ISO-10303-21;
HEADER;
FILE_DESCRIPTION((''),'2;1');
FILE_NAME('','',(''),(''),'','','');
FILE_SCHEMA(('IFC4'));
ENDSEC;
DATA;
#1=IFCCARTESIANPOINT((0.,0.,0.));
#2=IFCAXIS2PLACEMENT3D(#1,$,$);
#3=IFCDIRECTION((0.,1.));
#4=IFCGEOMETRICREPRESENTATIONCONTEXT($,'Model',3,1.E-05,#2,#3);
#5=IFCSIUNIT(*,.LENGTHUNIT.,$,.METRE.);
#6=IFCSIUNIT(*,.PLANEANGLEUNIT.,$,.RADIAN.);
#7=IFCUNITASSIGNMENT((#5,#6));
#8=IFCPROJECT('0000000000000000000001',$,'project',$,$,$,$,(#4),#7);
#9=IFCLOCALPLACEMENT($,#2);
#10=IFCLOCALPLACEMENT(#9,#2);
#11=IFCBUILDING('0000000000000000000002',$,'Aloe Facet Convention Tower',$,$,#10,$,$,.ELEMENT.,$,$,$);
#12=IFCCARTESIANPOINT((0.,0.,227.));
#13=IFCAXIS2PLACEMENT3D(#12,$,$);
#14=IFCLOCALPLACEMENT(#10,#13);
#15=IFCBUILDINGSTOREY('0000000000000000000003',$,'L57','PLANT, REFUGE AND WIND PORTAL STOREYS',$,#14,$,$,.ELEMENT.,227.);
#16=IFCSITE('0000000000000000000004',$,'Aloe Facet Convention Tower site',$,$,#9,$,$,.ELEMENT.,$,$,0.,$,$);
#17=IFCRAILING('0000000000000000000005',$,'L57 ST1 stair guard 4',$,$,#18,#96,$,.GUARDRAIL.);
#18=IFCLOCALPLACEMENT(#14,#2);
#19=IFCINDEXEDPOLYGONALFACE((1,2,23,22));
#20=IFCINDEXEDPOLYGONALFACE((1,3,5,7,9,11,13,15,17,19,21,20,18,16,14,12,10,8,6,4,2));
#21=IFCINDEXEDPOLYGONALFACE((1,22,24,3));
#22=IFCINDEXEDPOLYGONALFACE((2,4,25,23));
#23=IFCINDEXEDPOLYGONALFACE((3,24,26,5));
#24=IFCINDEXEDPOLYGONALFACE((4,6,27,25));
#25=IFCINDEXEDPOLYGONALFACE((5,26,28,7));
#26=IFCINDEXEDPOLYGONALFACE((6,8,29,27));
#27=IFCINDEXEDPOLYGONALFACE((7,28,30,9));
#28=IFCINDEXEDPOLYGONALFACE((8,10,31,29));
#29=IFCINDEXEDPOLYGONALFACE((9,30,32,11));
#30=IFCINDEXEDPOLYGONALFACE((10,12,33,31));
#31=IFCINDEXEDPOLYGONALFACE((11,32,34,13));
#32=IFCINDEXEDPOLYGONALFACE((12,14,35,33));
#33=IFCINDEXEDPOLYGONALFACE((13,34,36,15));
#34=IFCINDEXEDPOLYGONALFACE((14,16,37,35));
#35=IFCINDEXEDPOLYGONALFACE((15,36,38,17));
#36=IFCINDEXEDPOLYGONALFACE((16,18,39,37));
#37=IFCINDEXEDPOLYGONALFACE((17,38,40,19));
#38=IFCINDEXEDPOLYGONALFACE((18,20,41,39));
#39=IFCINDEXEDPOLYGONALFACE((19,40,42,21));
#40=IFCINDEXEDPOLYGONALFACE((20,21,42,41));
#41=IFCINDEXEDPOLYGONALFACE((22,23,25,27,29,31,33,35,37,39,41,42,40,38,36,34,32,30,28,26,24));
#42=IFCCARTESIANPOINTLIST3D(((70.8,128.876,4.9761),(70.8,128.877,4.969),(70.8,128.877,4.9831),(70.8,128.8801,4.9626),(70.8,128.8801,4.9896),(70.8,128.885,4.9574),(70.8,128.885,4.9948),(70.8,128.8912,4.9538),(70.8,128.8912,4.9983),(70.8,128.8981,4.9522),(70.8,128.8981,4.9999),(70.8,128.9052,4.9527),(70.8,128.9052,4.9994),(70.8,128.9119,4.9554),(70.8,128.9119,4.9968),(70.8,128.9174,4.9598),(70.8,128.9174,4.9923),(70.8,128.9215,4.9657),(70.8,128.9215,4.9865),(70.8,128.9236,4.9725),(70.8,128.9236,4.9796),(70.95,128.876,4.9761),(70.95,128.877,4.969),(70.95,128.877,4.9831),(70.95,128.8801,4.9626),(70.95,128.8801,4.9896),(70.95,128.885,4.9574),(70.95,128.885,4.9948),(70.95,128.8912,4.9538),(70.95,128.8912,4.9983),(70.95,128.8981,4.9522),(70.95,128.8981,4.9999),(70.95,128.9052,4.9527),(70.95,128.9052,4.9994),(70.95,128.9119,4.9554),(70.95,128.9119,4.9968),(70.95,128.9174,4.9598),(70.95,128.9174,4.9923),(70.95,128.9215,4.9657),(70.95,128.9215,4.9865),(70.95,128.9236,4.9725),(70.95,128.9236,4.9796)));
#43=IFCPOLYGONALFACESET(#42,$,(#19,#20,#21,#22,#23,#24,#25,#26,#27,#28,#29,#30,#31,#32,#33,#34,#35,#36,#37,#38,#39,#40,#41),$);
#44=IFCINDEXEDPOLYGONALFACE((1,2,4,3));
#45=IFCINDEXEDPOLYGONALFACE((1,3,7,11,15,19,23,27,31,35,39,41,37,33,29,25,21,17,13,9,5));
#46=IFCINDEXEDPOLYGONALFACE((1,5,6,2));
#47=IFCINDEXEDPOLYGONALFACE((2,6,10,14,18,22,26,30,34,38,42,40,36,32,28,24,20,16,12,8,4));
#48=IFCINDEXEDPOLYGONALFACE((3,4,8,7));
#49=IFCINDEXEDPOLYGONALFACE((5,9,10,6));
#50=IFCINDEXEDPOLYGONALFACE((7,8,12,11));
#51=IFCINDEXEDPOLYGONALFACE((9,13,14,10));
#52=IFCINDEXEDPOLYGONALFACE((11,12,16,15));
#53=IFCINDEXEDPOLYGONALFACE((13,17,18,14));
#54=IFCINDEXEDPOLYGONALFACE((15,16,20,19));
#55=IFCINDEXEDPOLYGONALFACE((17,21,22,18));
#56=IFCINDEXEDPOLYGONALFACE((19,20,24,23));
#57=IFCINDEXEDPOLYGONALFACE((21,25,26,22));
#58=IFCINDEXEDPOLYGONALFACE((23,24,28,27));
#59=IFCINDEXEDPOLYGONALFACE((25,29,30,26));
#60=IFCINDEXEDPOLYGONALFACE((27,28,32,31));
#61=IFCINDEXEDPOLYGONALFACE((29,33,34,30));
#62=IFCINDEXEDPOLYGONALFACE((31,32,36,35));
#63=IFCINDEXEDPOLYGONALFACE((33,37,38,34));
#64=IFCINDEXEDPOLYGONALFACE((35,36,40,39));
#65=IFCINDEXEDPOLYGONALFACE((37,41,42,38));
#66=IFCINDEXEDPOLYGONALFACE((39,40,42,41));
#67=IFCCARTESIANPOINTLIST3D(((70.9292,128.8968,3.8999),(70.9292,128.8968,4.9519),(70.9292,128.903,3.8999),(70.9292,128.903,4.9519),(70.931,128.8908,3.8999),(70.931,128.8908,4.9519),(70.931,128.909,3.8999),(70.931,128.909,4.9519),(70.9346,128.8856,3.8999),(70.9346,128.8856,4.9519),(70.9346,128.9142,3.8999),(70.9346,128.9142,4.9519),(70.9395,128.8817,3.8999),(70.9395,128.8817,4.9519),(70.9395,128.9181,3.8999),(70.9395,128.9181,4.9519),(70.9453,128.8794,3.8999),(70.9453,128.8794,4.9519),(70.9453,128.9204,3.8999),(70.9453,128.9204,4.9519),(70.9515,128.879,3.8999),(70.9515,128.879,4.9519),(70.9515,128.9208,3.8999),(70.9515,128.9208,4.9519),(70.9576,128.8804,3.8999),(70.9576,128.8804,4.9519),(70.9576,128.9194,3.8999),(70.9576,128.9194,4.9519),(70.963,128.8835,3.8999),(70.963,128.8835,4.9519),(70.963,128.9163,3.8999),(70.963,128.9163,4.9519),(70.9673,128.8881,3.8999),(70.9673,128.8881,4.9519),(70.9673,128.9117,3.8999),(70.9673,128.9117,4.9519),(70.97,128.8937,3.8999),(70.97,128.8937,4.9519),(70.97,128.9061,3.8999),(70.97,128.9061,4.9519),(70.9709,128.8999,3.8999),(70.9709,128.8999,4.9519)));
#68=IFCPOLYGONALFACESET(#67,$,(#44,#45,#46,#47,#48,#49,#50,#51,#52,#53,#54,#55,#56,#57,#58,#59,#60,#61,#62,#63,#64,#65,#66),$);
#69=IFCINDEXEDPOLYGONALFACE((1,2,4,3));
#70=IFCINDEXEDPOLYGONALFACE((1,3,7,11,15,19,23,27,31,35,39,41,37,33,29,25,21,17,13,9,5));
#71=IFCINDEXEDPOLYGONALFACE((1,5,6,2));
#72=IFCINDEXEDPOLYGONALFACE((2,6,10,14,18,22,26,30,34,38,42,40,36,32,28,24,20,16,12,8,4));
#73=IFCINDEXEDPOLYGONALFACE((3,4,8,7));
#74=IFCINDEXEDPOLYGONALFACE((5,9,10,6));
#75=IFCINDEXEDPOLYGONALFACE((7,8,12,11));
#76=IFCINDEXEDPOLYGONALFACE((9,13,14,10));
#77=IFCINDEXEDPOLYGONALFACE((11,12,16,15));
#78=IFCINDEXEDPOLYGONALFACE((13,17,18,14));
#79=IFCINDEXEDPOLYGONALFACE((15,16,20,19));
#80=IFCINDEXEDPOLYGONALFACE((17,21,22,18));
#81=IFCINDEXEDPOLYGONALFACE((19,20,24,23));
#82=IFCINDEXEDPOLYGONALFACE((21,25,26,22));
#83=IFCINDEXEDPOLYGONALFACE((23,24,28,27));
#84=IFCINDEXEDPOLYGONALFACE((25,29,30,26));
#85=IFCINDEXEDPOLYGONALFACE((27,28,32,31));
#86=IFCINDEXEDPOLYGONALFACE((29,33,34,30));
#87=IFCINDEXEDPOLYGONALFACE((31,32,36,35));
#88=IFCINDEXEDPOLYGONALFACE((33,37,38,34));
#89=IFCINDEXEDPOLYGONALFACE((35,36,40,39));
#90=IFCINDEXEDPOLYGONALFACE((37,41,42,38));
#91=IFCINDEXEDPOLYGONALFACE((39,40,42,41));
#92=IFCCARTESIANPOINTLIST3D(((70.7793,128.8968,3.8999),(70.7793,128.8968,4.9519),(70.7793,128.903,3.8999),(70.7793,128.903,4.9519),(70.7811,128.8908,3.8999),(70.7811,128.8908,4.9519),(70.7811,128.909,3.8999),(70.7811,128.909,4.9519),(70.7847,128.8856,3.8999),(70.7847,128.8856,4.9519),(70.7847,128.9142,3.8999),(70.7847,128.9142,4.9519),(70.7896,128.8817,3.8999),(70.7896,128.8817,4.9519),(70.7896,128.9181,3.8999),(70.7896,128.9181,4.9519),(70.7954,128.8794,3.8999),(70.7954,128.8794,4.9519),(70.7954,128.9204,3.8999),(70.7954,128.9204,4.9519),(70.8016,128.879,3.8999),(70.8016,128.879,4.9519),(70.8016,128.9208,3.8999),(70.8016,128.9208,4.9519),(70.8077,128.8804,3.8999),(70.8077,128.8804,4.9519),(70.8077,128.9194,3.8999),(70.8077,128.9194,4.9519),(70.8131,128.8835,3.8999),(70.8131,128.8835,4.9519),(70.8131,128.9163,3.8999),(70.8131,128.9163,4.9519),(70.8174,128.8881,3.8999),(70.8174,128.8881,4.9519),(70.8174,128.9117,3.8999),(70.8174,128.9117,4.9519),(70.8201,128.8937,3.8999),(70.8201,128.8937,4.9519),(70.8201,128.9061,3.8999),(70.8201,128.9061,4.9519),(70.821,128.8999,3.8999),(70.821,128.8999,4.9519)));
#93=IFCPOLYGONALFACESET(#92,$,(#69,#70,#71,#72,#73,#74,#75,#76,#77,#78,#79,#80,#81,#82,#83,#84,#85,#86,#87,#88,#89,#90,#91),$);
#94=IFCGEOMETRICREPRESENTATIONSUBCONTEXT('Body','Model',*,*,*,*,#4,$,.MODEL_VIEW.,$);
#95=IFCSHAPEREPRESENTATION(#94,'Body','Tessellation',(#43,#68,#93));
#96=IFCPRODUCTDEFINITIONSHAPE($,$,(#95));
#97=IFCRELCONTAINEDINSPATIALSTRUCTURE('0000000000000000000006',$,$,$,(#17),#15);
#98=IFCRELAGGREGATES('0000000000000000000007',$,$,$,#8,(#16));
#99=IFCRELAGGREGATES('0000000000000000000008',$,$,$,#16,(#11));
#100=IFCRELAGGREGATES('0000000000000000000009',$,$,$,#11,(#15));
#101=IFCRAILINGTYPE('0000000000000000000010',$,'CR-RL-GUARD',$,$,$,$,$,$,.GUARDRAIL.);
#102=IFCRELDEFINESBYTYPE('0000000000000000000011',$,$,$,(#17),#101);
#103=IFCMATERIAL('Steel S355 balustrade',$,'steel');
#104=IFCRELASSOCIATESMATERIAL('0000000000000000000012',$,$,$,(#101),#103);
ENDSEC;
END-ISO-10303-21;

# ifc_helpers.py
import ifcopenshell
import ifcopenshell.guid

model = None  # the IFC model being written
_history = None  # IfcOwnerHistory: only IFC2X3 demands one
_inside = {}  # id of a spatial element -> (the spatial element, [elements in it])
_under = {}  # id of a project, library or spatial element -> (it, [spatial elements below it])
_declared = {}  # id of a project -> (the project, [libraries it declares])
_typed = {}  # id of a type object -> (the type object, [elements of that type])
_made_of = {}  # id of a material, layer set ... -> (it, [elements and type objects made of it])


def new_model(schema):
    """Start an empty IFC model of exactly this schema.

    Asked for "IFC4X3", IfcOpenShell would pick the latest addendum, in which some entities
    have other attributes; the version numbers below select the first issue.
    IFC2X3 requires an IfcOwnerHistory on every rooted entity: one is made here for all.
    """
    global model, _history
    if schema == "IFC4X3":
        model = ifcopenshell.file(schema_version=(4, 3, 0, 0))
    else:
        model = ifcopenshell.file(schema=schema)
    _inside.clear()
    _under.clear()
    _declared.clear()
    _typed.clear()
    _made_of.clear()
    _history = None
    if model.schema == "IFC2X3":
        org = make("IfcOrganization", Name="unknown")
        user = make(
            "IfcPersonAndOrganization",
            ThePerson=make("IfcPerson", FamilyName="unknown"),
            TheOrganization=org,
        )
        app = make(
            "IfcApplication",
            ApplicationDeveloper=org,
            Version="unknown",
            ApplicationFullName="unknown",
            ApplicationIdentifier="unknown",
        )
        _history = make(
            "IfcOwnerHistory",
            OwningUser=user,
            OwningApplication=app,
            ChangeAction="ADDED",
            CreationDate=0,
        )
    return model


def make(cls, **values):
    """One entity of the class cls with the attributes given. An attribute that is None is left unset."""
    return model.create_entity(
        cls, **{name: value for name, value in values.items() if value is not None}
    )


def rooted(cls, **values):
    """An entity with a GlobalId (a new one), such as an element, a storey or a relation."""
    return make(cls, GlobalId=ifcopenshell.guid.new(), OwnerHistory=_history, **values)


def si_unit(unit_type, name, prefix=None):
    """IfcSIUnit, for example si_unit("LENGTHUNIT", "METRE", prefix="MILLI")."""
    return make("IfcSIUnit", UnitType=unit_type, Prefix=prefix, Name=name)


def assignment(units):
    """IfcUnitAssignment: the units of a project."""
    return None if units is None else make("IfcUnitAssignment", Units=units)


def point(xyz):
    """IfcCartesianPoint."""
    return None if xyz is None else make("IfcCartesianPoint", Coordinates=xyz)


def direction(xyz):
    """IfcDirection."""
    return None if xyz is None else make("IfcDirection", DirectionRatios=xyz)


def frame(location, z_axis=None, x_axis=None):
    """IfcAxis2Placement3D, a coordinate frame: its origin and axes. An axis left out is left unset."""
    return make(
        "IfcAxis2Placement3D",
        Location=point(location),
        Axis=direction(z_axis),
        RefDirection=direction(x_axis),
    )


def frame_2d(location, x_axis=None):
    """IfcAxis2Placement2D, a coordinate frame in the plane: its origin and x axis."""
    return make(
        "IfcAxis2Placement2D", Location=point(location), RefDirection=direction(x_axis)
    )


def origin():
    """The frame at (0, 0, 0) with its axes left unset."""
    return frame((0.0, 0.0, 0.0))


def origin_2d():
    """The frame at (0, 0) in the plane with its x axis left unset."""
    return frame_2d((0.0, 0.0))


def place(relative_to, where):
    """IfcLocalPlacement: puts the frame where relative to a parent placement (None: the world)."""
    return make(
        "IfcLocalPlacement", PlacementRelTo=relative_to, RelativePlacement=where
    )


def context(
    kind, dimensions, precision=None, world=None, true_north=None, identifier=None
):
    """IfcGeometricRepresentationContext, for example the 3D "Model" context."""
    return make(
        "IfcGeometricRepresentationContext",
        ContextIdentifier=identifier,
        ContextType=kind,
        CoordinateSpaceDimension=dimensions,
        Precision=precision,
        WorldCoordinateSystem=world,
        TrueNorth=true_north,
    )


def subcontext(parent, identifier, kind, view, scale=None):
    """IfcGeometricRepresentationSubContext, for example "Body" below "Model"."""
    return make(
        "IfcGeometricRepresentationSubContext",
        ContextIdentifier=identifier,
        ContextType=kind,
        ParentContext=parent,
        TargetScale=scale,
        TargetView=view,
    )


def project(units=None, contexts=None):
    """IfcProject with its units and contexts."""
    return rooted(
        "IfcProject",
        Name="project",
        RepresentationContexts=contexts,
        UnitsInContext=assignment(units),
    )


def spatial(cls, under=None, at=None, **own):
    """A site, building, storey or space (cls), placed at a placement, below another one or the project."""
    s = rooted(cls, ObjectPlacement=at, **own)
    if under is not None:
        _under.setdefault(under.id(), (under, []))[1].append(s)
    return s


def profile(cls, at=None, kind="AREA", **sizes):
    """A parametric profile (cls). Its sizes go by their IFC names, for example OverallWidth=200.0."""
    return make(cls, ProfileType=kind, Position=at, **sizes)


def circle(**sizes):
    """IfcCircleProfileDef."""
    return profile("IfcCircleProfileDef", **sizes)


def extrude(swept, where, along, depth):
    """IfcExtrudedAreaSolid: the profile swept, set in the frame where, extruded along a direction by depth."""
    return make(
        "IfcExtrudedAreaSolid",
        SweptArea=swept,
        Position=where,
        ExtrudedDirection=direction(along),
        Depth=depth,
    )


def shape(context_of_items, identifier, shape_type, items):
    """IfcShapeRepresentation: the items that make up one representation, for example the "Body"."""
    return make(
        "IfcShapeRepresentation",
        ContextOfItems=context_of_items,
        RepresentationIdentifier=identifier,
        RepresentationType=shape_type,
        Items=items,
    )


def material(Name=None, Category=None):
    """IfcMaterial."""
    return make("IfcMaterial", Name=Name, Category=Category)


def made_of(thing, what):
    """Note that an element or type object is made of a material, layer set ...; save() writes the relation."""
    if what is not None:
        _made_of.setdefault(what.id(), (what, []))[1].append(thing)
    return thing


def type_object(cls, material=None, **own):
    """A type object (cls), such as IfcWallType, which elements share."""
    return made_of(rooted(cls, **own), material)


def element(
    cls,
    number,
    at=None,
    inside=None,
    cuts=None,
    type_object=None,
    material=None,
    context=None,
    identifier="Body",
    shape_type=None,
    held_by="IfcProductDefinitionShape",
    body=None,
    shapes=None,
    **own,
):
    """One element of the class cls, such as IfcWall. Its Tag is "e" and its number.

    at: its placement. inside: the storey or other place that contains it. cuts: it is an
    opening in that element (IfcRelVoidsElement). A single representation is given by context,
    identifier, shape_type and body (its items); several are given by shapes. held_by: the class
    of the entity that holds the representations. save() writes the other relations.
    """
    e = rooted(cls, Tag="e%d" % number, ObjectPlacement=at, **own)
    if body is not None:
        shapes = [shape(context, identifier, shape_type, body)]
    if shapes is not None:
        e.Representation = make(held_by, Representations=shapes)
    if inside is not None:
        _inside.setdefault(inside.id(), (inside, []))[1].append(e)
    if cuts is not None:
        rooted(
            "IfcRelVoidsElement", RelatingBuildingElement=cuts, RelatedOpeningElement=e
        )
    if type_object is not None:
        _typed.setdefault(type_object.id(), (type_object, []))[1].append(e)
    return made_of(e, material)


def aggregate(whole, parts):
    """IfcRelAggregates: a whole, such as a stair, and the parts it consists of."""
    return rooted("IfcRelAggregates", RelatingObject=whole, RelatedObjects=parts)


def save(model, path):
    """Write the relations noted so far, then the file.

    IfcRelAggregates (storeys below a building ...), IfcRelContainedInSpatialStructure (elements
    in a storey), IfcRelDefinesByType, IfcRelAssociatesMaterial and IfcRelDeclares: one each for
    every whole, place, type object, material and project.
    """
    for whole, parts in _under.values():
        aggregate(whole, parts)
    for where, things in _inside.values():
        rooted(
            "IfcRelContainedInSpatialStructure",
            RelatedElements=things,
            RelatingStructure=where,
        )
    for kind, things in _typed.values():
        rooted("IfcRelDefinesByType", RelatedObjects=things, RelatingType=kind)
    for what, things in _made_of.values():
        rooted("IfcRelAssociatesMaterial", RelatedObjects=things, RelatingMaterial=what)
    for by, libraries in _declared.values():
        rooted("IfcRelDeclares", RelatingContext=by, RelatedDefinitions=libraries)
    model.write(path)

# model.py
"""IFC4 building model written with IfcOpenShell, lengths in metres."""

from ifc_helpers import new_model, si_unit, direction, frame, origin, origin_2d, place, context, subcontext, project, spatial, circle, extrude, material, type_object, element, save


model = new_model("IFC4")

# Units and contexts
model_context = context("Model", 3, precision=1e-05, world=origin(), true_north=direction((0.0, 1.0)))
body_context = subcontext(model_context, "Body", "Model", "MODEL_VIEW")
ifc_project = project(units=[si_unit("LENGTHUNIT", "METRE"), si_unit("PLANEANGLEUNIT", "RADIAN")], contexts=[model_context])

# Site, building, storey
site_placement = place(None, origin())
site = spatial("IfcSite", under=ifc_project, at=site_placement, Name="Aloe Facet Convention Tower site", CompositionType="ELEMENT", RefElevation=0.0)
building_placement = place(site_placement, origin())
building = spatial("IfcBuilding", under=site, at=building_placement, Name="Aloe Facet Convention Tower", CompositionType="ELEMENT")
storey_placement = place(building_placement, frame((0.0, 0.0, 227.0)))
storey = spatial("IfcBuildingStorey", under=building, at=storey_placement, Name="L57", Description="PLANT, REFUGE AND WIND PORTAL STOREYS", CompositionType="ELEMENT", Elevation=227.0)

# Railing
ifc_material_1 = material(Name="Steel S355 balustrade", Category="steel")
railing_type_1 = type_object("IfcRailingType", Name="CR-RL-GUARD", PredefinedType="GUARDRAIL", material=ifc_material_1)
railing_1_placement = place(storey_placement, frame((70.95, 128.8999, 3.8999)))
element("IfcRailing", 1, at=railing_1_placement, inside=storey, type_object=railing_type_1, Name="L57 ST1 stair guard 4", PredefinedType="GUARDRAIL", context=body_context, shape_type="SweptSolid", body=[
    extrude(circle(Radius=0.0239, at=origin_2d()), frame((0.0, 0.0, 1.0762), z_axis=(-1.0, 0.0, 0.0), x_axis=(0.0, -1.0, 0.0)), (0.0, 0.0, 1.0), 0.1499),
    extrude(circle(Radius=0.021, at=origin_2d()), origin(), (0.0, 0.0, 1.0), 1.052),
    extrude(circle(Radius=0.021, at=origin_2d()), frame((-0.1499, 0.0, 0.0)), (0.0, 0.0, 1.0), 1.052),
])

save(model, "model.ifc")
